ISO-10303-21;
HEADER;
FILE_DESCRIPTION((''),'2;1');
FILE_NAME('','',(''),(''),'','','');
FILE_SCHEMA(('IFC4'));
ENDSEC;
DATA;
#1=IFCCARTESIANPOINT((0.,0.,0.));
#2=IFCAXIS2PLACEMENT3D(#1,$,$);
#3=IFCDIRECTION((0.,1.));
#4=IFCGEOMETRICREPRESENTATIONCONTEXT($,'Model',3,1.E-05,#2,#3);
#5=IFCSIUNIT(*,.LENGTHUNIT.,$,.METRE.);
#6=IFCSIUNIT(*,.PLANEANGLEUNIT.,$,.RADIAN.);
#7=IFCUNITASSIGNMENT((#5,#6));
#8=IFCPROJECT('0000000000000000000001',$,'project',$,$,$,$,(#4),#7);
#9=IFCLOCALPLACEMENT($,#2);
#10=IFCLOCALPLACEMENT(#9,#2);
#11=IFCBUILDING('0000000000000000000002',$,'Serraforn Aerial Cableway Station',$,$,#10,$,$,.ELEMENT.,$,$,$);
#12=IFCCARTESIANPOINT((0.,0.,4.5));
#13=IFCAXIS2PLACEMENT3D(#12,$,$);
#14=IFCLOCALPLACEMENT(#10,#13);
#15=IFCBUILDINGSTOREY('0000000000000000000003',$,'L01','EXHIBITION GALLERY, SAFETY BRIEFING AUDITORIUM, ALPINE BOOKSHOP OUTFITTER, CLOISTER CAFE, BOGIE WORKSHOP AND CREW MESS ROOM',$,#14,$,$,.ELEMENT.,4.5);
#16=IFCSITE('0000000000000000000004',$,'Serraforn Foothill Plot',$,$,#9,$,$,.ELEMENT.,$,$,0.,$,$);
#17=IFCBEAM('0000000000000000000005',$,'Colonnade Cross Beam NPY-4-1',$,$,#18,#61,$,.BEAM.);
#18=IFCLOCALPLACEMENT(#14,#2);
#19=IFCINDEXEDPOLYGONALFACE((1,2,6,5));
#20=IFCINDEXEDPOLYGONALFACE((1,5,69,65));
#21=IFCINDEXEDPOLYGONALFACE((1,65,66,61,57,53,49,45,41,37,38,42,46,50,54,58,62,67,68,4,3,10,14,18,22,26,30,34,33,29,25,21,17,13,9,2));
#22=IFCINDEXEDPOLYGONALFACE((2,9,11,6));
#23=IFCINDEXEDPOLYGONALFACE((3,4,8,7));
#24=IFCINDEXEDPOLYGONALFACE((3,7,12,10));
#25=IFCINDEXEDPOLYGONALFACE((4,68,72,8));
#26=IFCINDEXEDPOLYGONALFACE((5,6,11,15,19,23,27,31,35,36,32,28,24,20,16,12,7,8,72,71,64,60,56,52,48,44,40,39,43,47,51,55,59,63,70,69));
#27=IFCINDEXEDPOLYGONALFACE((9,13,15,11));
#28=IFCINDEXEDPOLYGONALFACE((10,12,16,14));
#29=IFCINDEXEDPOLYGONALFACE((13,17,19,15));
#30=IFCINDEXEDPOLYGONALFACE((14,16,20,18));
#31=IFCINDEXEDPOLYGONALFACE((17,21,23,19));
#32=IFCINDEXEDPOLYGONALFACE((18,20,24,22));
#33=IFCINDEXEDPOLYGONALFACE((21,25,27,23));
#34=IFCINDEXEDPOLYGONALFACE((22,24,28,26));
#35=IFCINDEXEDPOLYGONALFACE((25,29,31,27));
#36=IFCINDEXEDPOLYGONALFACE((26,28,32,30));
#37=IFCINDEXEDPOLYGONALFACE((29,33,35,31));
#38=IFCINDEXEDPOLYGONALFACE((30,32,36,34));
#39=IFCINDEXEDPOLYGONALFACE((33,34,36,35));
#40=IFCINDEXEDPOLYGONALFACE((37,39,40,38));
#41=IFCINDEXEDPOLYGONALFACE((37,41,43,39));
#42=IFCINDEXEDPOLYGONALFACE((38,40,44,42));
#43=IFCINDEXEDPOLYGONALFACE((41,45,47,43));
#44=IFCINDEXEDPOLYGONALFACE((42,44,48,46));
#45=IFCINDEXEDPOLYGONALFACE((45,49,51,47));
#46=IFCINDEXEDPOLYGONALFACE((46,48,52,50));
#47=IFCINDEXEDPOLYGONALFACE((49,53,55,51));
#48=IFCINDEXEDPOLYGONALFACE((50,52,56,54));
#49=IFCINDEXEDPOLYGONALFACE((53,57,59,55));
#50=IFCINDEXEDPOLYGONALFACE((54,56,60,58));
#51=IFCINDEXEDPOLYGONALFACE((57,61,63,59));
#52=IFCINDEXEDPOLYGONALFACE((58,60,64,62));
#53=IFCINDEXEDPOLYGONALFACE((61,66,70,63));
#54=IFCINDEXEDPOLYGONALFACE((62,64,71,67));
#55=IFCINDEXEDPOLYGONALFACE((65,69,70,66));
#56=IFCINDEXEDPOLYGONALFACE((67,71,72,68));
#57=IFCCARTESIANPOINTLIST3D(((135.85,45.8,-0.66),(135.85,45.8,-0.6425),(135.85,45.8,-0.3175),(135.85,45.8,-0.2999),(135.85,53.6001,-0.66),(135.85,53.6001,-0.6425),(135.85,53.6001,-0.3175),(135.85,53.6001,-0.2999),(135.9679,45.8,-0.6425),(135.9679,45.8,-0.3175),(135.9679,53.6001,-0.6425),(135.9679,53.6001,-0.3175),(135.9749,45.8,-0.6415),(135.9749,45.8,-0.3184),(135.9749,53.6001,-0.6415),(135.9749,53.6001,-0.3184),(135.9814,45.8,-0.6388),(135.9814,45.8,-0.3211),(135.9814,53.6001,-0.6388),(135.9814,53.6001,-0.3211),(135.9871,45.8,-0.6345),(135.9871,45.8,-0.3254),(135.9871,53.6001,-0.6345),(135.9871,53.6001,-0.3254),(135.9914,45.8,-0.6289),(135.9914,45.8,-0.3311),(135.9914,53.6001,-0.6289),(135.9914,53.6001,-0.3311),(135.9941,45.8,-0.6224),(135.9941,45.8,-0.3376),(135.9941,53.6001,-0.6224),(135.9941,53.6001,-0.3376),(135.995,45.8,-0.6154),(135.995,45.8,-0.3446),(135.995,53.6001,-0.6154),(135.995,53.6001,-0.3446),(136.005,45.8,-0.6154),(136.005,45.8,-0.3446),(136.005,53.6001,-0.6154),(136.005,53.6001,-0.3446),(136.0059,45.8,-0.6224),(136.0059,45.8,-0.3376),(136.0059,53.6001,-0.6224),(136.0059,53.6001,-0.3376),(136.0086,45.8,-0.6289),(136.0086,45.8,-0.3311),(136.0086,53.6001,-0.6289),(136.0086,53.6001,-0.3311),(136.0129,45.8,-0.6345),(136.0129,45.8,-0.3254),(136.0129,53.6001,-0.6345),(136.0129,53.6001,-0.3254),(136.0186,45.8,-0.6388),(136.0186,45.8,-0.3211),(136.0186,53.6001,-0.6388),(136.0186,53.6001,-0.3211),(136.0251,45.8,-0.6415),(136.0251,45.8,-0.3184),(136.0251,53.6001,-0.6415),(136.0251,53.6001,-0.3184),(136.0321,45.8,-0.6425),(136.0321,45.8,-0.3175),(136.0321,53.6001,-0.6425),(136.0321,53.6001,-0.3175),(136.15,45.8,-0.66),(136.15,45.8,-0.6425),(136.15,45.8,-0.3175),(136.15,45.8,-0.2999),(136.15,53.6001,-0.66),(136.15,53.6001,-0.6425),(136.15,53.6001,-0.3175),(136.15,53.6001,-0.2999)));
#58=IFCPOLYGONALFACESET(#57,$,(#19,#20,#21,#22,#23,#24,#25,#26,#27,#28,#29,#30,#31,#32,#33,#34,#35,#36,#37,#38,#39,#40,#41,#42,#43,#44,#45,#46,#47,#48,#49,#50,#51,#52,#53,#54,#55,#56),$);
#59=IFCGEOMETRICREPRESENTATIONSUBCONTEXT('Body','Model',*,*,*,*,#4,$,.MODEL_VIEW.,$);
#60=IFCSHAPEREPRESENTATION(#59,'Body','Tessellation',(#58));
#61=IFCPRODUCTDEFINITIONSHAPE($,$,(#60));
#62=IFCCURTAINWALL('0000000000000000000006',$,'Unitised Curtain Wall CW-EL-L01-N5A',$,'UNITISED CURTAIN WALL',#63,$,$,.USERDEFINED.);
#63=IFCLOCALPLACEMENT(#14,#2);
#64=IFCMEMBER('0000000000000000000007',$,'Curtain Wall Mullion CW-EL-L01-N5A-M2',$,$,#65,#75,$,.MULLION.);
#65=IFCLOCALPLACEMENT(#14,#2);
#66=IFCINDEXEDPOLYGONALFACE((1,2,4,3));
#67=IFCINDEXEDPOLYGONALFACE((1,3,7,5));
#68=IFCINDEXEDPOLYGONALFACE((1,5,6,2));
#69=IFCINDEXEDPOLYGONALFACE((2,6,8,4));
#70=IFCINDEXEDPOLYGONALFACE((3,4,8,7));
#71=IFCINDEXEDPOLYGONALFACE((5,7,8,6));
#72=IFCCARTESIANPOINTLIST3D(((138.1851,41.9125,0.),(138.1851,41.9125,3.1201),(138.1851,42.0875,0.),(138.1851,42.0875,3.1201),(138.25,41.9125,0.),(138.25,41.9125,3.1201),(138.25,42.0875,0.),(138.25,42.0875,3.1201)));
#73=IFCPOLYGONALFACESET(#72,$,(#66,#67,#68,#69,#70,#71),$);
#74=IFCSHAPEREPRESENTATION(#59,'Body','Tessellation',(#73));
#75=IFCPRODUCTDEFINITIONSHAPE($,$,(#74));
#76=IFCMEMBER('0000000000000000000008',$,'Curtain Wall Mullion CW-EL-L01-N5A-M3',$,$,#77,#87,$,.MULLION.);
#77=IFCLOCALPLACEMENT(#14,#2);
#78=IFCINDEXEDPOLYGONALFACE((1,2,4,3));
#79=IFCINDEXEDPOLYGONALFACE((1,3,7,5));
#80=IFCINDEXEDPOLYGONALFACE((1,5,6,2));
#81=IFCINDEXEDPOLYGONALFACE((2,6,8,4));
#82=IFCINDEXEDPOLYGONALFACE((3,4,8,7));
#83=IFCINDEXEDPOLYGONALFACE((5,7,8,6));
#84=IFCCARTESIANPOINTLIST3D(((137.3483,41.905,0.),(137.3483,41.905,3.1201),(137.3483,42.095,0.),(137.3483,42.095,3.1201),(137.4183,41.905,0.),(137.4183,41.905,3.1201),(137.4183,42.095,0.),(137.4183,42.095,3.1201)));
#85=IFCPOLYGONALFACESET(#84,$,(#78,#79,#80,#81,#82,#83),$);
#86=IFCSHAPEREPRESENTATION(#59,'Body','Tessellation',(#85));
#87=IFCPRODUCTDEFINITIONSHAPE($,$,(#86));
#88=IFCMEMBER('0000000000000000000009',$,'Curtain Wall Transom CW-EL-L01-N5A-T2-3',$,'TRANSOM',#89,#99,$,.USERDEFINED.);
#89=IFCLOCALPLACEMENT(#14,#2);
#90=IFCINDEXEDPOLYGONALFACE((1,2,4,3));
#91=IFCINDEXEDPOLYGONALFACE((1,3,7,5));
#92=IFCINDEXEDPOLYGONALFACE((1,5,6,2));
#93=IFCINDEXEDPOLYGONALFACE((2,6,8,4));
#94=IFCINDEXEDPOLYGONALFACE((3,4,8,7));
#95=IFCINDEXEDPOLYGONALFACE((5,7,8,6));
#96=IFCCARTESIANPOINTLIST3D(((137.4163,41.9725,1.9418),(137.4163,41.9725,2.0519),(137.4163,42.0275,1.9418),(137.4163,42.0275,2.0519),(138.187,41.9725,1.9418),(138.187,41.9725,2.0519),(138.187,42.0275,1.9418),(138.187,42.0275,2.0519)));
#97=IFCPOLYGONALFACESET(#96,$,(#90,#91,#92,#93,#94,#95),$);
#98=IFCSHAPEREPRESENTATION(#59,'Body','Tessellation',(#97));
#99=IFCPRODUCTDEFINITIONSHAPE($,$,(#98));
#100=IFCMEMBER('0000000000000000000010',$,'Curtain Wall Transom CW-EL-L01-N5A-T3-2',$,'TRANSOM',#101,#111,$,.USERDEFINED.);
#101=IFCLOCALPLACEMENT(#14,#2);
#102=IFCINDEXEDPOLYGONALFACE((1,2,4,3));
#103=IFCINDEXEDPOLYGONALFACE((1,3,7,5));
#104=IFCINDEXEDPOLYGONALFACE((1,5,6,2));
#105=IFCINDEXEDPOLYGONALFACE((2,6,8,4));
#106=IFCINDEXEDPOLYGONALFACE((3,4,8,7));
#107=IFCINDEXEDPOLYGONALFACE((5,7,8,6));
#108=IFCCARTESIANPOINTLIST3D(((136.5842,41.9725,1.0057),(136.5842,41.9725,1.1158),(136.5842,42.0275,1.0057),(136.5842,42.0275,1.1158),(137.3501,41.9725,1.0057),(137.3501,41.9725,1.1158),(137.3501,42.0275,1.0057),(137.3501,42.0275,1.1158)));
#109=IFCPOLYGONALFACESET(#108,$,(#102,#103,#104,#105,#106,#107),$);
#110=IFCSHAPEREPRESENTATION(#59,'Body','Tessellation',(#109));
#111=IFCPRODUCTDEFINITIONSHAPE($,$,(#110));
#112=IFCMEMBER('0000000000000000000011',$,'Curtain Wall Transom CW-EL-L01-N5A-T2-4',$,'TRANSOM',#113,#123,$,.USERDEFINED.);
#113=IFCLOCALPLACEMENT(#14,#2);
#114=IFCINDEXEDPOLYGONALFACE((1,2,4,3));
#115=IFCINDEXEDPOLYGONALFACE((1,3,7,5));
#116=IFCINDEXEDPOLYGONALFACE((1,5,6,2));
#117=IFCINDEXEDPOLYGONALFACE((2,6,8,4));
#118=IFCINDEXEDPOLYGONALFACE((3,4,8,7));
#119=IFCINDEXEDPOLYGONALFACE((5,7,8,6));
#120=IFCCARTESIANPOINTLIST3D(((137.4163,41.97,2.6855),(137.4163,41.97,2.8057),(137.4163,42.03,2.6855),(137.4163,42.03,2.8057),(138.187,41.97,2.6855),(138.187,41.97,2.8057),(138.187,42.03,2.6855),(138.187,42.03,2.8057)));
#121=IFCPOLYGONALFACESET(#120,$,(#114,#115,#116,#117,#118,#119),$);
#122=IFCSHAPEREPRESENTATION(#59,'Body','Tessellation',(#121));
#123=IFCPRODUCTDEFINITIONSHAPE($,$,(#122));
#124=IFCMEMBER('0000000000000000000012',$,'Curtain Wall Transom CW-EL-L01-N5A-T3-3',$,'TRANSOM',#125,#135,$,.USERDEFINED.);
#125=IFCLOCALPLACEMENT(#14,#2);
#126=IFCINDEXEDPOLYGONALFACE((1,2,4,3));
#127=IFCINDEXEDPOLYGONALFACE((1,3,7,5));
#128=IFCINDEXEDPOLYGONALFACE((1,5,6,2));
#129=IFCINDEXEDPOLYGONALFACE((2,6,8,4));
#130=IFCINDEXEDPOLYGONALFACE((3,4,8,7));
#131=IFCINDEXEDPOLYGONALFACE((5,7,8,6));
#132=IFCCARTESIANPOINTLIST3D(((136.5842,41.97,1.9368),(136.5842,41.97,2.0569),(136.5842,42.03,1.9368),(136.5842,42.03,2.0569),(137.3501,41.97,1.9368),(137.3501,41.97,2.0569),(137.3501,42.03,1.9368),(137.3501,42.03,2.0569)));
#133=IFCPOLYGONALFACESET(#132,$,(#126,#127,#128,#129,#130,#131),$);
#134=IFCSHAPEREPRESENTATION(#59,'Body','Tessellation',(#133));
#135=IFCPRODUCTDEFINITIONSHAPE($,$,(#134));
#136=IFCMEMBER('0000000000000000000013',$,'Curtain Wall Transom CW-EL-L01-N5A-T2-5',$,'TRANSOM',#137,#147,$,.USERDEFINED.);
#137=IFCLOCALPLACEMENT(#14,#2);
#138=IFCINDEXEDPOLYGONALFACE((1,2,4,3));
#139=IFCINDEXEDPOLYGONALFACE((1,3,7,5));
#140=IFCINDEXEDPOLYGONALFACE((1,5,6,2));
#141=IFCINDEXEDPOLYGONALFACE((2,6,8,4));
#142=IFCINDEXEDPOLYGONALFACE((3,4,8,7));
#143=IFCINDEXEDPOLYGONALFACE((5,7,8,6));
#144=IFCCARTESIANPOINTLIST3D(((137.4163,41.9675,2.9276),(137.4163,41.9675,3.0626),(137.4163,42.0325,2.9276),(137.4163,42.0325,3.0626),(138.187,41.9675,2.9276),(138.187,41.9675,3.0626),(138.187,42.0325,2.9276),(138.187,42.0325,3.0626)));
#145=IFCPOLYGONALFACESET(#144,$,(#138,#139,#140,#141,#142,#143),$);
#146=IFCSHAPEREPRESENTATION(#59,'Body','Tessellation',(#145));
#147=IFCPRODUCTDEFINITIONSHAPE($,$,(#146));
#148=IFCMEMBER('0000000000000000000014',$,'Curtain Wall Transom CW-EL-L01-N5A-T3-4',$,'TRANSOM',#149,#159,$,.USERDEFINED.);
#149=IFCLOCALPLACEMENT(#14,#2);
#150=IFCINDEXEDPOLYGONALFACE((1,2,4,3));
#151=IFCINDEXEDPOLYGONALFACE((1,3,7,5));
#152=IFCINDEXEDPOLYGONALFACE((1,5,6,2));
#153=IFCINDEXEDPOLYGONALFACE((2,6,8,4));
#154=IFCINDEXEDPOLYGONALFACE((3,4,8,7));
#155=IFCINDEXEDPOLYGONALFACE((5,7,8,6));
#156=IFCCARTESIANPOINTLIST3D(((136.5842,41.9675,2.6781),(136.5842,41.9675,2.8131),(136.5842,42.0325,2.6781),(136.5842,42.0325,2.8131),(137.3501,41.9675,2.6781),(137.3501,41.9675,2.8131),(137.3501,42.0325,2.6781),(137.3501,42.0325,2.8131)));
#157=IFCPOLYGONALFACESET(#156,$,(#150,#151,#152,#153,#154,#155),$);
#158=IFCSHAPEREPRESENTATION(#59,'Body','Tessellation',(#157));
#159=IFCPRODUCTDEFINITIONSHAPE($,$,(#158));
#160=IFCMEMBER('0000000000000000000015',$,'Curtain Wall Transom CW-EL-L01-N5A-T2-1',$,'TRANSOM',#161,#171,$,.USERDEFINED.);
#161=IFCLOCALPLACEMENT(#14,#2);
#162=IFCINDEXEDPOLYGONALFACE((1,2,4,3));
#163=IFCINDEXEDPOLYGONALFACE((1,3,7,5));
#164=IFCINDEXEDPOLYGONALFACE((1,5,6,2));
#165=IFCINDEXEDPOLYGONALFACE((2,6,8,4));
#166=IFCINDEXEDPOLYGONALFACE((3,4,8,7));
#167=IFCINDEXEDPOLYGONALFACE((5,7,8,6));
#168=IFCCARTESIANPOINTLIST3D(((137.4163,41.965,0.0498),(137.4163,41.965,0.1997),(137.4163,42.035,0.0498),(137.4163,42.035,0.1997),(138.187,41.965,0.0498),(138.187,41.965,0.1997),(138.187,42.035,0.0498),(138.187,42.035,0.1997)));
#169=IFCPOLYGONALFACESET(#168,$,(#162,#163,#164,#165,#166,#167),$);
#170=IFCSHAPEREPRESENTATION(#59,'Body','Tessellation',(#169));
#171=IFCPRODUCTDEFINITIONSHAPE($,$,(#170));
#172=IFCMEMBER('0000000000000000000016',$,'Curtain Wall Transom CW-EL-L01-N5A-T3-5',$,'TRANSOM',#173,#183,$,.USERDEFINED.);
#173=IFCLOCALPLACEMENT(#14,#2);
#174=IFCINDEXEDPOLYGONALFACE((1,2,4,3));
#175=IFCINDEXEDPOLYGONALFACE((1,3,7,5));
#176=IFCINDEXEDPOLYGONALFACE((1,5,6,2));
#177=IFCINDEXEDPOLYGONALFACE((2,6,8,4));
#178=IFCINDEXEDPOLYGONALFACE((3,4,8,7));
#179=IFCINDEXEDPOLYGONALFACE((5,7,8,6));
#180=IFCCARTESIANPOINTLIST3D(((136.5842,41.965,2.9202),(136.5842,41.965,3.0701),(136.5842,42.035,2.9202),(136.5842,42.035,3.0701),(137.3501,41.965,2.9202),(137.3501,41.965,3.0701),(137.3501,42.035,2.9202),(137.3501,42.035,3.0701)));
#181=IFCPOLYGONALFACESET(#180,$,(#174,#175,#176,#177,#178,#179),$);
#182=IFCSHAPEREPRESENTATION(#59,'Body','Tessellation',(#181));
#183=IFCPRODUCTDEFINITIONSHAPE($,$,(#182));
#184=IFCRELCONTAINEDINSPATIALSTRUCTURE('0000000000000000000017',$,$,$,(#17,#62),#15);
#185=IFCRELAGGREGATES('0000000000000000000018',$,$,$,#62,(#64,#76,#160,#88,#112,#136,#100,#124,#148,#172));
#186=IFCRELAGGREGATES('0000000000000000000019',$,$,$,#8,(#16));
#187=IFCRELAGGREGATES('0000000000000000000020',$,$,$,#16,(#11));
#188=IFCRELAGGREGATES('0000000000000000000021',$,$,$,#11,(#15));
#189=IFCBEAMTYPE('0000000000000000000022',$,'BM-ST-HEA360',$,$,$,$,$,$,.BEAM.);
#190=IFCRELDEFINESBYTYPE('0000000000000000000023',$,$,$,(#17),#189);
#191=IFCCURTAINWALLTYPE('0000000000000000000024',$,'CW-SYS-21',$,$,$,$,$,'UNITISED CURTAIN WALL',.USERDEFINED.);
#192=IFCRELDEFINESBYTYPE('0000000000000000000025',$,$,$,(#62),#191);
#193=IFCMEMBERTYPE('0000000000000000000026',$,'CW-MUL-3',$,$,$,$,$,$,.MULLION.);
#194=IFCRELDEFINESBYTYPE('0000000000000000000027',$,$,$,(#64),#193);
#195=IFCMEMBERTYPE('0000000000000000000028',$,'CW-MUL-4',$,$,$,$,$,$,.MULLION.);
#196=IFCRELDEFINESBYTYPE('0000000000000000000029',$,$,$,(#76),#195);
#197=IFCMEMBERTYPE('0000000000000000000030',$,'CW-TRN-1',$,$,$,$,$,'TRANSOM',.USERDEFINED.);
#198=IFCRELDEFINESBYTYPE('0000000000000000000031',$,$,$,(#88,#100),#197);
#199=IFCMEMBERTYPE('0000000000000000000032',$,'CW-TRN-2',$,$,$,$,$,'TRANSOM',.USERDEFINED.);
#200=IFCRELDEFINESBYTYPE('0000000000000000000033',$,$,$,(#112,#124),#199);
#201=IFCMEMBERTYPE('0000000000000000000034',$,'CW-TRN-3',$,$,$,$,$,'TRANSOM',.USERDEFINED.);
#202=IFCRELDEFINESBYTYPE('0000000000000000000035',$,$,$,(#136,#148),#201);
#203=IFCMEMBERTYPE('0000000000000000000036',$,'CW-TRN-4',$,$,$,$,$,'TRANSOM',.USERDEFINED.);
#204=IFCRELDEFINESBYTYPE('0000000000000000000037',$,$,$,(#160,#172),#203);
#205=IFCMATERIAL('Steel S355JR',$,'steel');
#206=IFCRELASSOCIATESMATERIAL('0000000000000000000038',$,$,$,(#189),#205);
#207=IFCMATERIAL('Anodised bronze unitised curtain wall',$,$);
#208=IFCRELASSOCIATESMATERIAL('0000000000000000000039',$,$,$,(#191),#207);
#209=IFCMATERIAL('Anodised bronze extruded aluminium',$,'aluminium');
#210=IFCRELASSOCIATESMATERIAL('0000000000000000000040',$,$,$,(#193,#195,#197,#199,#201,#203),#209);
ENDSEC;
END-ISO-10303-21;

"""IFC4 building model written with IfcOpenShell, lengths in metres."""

from ifc_helpers import new_model, si_unit, direction, frame, origin, origin_2d, place, context, subcontext, project, spatial, rectangle, i_section, extrude, material, material_profile, profile_set, type_object, element, aggregate, save


model = new_model("IFC4")

# Units and contexts
model_context = context("Model", 3, precision=1e-05, world=origin(), true_north=direction((0.0, 1.0)))
body_context = subcontext(model_context, "Body", "Model", "MODEL_VIEW")
ifc_project = project(units=[si_unit("LENGTHUNIT", "METRE"), si_unit("PLANEANGLEUNIT", "RADIAN")], contexts=[model_context])

# Site, building, storey
site_placement = place(None, origin())
site = spatial("IfcSite", under=ifc_project, at=site_placement, Name="Serraforn Foothill Plot", CompositionType="ELEMENT", RefElevation=0.0)
building_placement = place(site_placement, origin())
building = spatial("IfcBuilding", under=site, at=building_placement, Name="Serraforn Aerial Cableway Station", CompositionType="ELEMENT")
storey_placement = place(building_placement, frame((0.0, 0.0, 4.5)))
storey = spatial("IfcBuildingStorey", under=building, at=storey_placement, Name="L01", Description="EXHIBITION GALLERY, SAFETY BRIEFING AUDITORIUM, ALPINE BOOKSHOP OUTFITTER, CLOISTER CAFE, BOGIE WORKSHOP AND CREW MESS ROOM", CompositionType="ELEMENT", Elevation=4.5)

# Beam
ifc_material_1 = material(Name="Steel S355JR", Category="steel")
ifc_material_profile_1 = material_profile(ifc_material_1, i_section(OverallWidth=0.3, OverallDepth=0.3601, WebThickness=0.01, FlangeThickness=0.0176, FilletRadius=0.0271, at=origin_2d()), Name="HEA 360")
ifc_profile_set_1 = profile_set([ifc_material_profile_1], Name="Steel S355JR")
beam_type = type_object("IfcBeamType", Name="BM-ST-HEA360", PredefinedType="BEAM", material=ifc_profile_set_1)
for number, where, z_axis, x_axis, name in (
    (1, (136.0, 45.8, -0.48), (0.0, 1.0, 0.0), (-1.0, 0.0, 0.0), "Colonnade Cross Beam NPY-4-1"),
):
    element("IfcBeam", number, at=place(storey_placement, frame(where, z_axis=z_axis, x_axis=x_axis)), inside=storey, type_object=beam_type, Name=name, PredefinedType="BEAM", context=body_context, shape_type="SweptSolid", body=[
        extrude(i_section(OverallWidth=0.3, OverallDepth=0.3601, WebThickness=0.01, FlangeThickness=0.0176, FilletRadius=0.0271, at=origin_2d()), origin(), (0.0, 0.0, 1.0), 7.8),
    ])

# Curtain wall, members
ifc_material_2 = material(Name="Anodised bronze unitised curtain wall")
curtain_wall_type = type_object("IfcCurtainWallType", Name="CW-SYS-21", ElementType="UNITISED CURTAIN WALL", PredefinedType="USERDEFINED", material=ifc_material_2)
curtain_wall_placement = place(storey_placement, origin())
curtain_wall = element("IfcCurtainWall", 2, at=curtain_wall_placement, inside=storey, type_object=curtain_wall_type, Name="Unitised Curtain Wall CW-EL-L01-N5A", ObjectType="UNITISED CURTAIN WALL", PredefinedType="USERDEFINED")
ifc_material_3 = material(Name="Anodised bronze extruded aluminium", Category="aluminium")
ifc_material_profile_2 = material_profile(ifc_material_3, rectangle(XDim=0.0649, YDim=0.175, at=origin_2d()), Name="CW MULLION 65x175")
ifc_profile_set_2 = profile_set([ifc_material_profile_2], Name="Anodised bronze extruded aluminium")
member_type_1 = type_object("IfcMemberType", Name="CW-MUL-3", PredefinedType="MULLION", material=ifc_profile_set_2)
member_1_placement = place(storey_placement, frame((138.2175, 42.0, 0.0), z_axis=(0.0, 0.0, 1.0), x_axis=(-1.0, 0.0, 0.0)))
member_1 = element("IfcMember", 3, at=member_1_placement, type_object=member_type_1, Name="Curtain Wall Mullion CW-EL-L01-N5A-M2", PredefinedType="MULLION", context=body_context, shape_type="SweptSolid", body=[
    extrude(rectangle(XDim=0.0649, YDim=0.175, at=origin_2d()), origin(), (0.0, 0.0, 1.0), 3.1201),
])
ifc_material_profile_3 = material_profile(ifc_material_3, rectangle(XDim=0.0701, YDim=0.1899, at=origin_2d()), Name="CW MULLION 70x190")
ifc_profile_set_3 = profile_set([ifc_material_profile_3], Name="Anodised bronze extruded aluminium")
member_type_2 = type_object("IfcMemberType", Name="CW-MUL-4", PredefinedType="MULLION", material=ifc_profile_set_3)
member_2_placement = place(storey_placement, frame((137.3833, 42.0, 0.0), z_axis=(0.0, 0.0, 1.0), x_axis=(-1.0, 0.0, 0.0)))
member_2 = element("IfcMember", 4, at=member_2_placement, type_object=member_type_2, Name="Curtain Wall Mullion CW-EL-L01-N5A-M3", PredefinedType="MULLION", context=body_context, shape_type="SweptSolid", body=[
    extrude(rectangle(XDim=0.0701, YDim=0.1899, at=origin_2d()), origin(), (0.0, 0.0, 1.0), 3.1201),
])
ifc_material_profile_4 = material_profile(ifc_material_3, rectangle(XDim=0.0549, YDim=0.1101, at=origin_2d()), Name="CW TRANSOM 55x110")
ifc_profile_set_4 = profile_set([ifc_material_profile_4], Name="Anodised bronze extruded aluminium")
member_type_3 = type_object("IfcMemberType", Name="CW-TRN-1", ElementType="TRANSOM", PredefinedType="USERDEFINED", material=ifc_profile_set_4)
member_3_placement = place(storey_placement, frame((138.187, 42.0, 1.9968), z_axis=(-1.0, 0.0, 0.0), x_axis=(0.0, -1.0, 0.0)))
member_3 = element("IfcMember", 5, at=member_3_placement, type_object=member_type_3, Name="Curtain Wall Transom CW-EL-L01-N5A-T2-3", ObjectType="TRANSOM", PredefinedType="USERDEFINED", context=body_context, shape_type="SweptSolid", body=[
    extrude(rectangle(XDim=0.0549, YDim=0.1101, at=origin_2d()), origin(), (0.0, 0.0, 1.0), 0.7708),
])
member_4_placement = place(storey_placement, frame((137.3501, 42.0, 1.0608), z_axis=(-1.0, 0.0, 0.0), x_axis=(0.0, -1.0, 0.0)))
member_4 = element("IfcMember", 6, at=member_4_placement, type_object=member_type_3, Name="Curtain Wall Transom CW-EL-L01-N5A-T3-2", ObjectType="TRANSOM", PredefinedType="USERDEFINED", context=body_context, shape_type="SweptSolid", body=[
    extrude(rectangle(XDim=0.0549, YDim=0.1101, at=origin_2d()), origin(), (0.0, 0.0, 1.0), 0.7659),
])
ifc_material_profile_5 = material_profile(ifc_material_3, rectangle(XDim=0.0601, YDim=0.1201, at=origin_2d()), Name="CW TRANSOM 60x120")
ifc_profile_set_5 = profile_set([ifc_material_profile_5], Name="Anodised bronze extruded aluminium")
member_type_4 = type_object("IfcMemberType", Name="CW-TRN-2", ElementType="TRANSOM", PredefinedType="USERDEFINED", material=ifc_profile_set_5)
member_5_placement = place(storey_placement, frame((138.187, 42.0, 2.7456), z_axis=(-1.0, 0.0, 0.0), x_axis=(0.0, -1.0, 0.0)))
member_5 = element("IfcMember", 7, at=member_5_placement, type_object=member_type_4, Name="Curtain Wall Transom CW-EL-L01-N5A-T2-4", ObjectType="TRANSOM", PredefinedType="USERDEFINED", context=body_context, shape_type="SweptSolid", body=[
    extrude(rectangle(XDim=0.0601, YDim=0.1201, at=origin_2d()), origin(), (0.0, 0.0, 1.0), 0.7708),
])
member_6_placement = place(storey_placement, frame((137.3501, 42.0, 1.9968), z_axis=(-1.0, 0.0, 0.0), x_axis=(0.0, -1.0, 0.0)))
member_6 = element("IfcMember", 8, at=member_6_placement, type_object=member_type_4, Name="Curtain Wall Transom CW-EL-L01-N5A-T3-3", ObjectType="TRANSOM", PredefinedType="USERDEFINED", context=body_context, shape_type="SweptSolid", body=[
    extrude(rectangle(XDim=0.0601, YDim=0.1201, at=origin_2d()), origin(), (0.0, 0.0, 1.0), 0.7659),
])
ifc_material_profile_6 = material_profile(ifc_material_3, rectangle(XDim=0.0649, YDim=0.135, at=origin_2d()), Name="CW TRANSOM 65x135")
ifc_profile_set_6 = profile_set([ifc_material_profile_6], Name="Anodised bronze extruded aluminium")
member_type_5 = type_object("IfcMemberType", Name="CW-TRN-3", ElementType="TRANSOM", PredefinedType="USERDEFINED", material=ifc_profile_set_6)
member_7_placement = place(storey_placement, frame((138.187, 42.0, 2.9951), z_axis=(-1.0, 0.0, 0.0), x_axis=(0.0, -1.0, 0.0)))
member_7 = element("IfcMember", 9, at=member_7_placement, type_object=member_type_5, Name="Curtain Wall Transom CW-EL-L01-N5A-T2-5", ObjectType="TRANSOM", PredefinedType="USERDEFINED", context=body_context, shape_type="SweptSolid", body=[
    extrude(rectangle(XDim=0.0649, YDim=0.135, at=origin_2d()), origin(), (0.0, 0.0, 1.0), 0.7708),
])
member_8_placement = place(storey_placement, frame((137.3501, 42.0, 2.7456), z_axis=(-1.0, 0.0, 0.0), x_axis=(0.0, -1.0, 0.0)))
member_8 = element("IfcMember", 10, at=member_8_placement, type_object=member_type_5, Name="Curtain Wall Transom CW-EL-L01-N5A-T3-4", ObjectType="TRANSOM", PredefinedType="USERDEFINED", context=body_context, shape_type="SweptSolid", body=[
    extrude(rectangle(XDim=0.0649, YDim=0.135, at=origin_2d()), origin(), (0.0, 0.0, 1.0), 0.7659),
])
ifc_material_profile_7 = material_profile(ifc_material_3, rectangle(XDim=0.0701, YDim=0.1499, at=origin_2d()), Name="CW TRANSOM 70x150")
ifc_profile_set_7 = profile_set([ifc_material_profile_7], Name="Anodised bronze extruded aluminium")
member_type_6 = type_object("IfcMemberType", Name="CW-TRN-4", ElementType="TRANSOM", PredefinedType="USERDEFINED", material=ifc_profile_set_7)
member_9_placement = place(storey_placement, frame((138.187, 42.0, 0.1248), z_axis=(-1.0, 0.0, 0.0), x_axis=(0.0, -1.0, 0.0)))
member_9 = element("IfcMember", 11, at=member_9_placement, type_object=member_type_6, Name="Curtain Wall Transom CW-EL-L01-N5A-T2-1", ObjectType="TRANSOM", PredefinedType="USERDEFINED", context=body_context, shape_type="SweptSolid", body=[
    extrude(rectangle(XDim=0.0701, YDim=0.1499, at=origin_2d()), origin(), (0.0, 0.0, 1.0), 0.7708),
])
member_10_placement = place(storey_placement, frame((137.3501, 42.0, 2.9951), z_axis=(-1.0, 0.0, 0.0), x_axis=(0.0, -1.0, 0.0)))
member_10 = element("IfcMember", 12, at=member_10_placement, type_object=member_type_6, Name="Curtain Wall Transom CW-EL-L01-N5A-T3-5", ObjectType="TRANSOM", PredefinedType="USERDEFINED", context=body_context, shape_type="SweptSolid", body=[
    extrude(rectangle(XDim=0.0701, YDim=0.1499, at=origin_2d()), origin(), (0.0, 0.0, 1.0), 0.7659),
])
aggregate(curtain_wall, [member_1, member_2, member_9, member_3, member_5, member_7, member_4, member_6, member_8, member_10])

save(model, "model.ifc")
